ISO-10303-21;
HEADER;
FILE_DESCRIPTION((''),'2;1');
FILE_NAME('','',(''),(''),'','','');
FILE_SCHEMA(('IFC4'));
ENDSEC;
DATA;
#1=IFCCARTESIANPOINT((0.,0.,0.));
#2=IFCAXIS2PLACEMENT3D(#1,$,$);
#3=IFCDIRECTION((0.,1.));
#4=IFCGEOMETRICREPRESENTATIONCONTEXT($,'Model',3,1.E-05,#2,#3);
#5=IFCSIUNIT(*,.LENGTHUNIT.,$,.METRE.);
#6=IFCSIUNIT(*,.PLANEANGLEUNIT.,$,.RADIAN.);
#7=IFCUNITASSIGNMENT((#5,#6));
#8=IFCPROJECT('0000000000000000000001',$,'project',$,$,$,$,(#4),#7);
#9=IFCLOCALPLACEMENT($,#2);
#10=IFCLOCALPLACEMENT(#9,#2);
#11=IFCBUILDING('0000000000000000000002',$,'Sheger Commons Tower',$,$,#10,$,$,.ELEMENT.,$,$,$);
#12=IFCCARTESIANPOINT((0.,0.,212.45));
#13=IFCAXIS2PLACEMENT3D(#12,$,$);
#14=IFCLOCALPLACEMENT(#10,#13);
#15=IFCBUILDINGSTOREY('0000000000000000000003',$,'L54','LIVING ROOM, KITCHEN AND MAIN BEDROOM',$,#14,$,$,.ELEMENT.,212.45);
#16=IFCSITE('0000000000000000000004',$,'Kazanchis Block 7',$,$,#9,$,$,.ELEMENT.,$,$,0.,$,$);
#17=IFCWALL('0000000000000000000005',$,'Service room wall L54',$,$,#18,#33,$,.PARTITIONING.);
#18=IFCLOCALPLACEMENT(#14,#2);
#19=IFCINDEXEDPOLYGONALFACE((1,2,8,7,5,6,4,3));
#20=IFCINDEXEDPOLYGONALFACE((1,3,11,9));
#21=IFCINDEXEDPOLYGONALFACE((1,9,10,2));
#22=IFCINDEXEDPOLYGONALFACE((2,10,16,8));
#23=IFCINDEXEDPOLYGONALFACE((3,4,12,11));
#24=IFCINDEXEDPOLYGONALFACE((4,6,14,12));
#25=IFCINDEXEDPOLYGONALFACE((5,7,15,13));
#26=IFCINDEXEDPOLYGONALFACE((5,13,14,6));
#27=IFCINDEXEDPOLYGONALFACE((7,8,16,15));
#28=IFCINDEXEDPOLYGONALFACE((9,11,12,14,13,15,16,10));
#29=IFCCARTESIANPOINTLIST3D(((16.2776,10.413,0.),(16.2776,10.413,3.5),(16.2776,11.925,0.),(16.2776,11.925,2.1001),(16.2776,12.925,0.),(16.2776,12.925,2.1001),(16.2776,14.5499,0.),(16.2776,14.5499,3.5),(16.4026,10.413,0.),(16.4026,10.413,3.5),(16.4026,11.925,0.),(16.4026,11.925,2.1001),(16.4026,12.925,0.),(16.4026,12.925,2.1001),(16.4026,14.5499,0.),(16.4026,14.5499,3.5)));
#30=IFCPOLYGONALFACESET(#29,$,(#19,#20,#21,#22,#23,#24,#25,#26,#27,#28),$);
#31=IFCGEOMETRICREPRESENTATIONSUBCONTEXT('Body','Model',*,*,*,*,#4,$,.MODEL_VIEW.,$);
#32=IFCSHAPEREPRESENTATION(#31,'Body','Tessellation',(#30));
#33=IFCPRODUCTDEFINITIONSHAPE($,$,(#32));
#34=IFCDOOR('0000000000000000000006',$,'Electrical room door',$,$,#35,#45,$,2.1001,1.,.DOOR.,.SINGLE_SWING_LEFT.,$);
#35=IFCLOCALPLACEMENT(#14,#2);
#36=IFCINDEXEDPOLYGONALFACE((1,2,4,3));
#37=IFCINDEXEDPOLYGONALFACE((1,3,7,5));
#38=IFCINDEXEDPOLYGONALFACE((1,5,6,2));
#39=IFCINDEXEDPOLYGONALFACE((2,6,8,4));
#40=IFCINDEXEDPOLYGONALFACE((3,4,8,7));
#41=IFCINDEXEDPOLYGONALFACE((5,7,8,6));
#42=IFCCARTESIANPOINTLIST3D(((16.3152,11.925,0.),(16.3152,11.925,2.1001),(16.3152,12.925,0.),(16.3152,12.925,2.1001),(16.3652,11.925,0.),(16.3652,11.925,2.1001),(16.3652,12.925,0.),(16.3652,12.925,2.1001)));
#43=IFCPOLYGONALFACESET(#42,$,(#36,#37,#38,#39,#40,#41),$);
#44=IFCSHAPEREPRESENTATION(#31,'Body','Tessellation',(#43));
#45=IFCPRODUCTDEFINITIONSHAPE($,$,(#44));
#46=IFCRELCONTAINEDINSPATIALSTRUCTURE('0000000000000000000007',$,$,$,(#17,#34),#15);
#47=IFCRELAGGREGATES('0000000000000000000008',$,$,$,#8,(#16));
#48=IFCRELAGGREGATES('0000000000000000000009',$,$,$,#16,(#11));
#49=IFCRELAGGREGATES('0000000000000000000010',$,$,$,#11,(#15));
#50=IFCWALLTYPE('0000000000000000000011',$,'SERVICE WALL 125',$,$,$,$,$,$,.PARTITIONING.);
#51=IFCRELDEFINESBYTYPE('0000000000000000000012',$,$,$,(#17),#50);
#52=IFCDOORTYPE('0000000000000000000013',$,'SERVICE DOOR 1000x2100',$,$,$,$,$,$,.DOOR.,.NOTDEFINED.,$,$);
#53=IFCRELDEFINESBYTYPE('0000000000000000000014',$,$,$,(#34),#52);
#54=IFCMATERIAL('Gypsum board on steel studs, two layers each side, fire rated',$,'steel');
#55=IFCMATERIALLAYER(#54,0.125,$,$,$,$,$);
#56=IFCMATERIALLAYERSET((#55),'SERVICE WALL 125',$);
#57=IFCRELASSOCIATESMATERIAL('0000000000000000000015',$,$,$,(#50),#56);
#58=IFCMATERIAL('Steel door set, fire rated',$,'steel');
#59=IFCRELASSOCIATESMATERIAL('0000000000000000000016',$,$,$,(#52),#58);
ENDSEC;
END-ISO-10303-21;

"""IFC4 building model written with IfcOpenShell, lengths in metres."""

from ifc_helpers import new_model, si_unit, direction, frame, frame_2d, origin, place, context, subcontext, project, spatial, rectangle, extrude, material, layer, layer_set, type_object, element, fill, save


model = new_model("IFC4")

# Units and contexts
model_context = context("Model", 3, precision=1e-05, world=origin(), true_north=direction((0.0, 1.0)))
body_context = subcontext(model_context, "Body", "Model", "MODEL_VIEW")
ifc_project = project(units=[si_unit("LENGTHUNIT", "METRE"), si_unit("PLANEANGLEUNIT", "RADIAN")], contexts=[model_context])

# Site, building, storey
site_placement = place(None, origin())
site = spatial("IfcSite", under=ifc_project, at=site_placement, Name="Kazanchis Block 7", CompositionType="ELEMENT", RefElevation=0.0)
building_placement = place(site_placement, origin())
building = spatial("IfcBuilding", under=site, at=building_placement, Name="Sheger Commons Tower", CompositionType="ELEMENT")
storey_placement = place(building_placement, frame((0.0, 0.0, 212.45)))
storey = spatial("IfcBuildingStorey", under=building, at=storey_placement, Name="L54", Description="LIVING ROOM, KITCHEN AND MAIN BEDROOM", CompositionType="ELEMENT", Elevation=212.45)

# Shared definitions
ifc_material_1 = material(Name="Gypsum board on steel studs, two layers each side, fire rated", Category="steel")
ifc_layer_1 = layer(ifc_material_1, 0.125)
ifc_layer_set_1 = layer_set([ifc_layer_1], Name="SERVICE WALL 125")
wall_type_1 = type_object("IfcWallType", Name="SERVICE WALL 125", PredefinedType="PARTITIONING", material=ifc_layer_set_1)
ifc_material_2 = material(Name="Steel door set, fire rated", Category="steel")
door_type_1 = type_object("IfcDoorType", Name="SERVICE DOOR 1000x2100", OperationType="NOTDEFINED", PredefinedType="DOOR", material=ifc_material_2)

# Wall, opening, door
wall_1_placement = place(storey_placement, frame((16.3401, 10.4131, 0.0), z_axis=(0.0, 0.0, 1.0), x_axis=(0.0, 1.0, 0.0)))
wall_1 = element("IfcWall", 1, at=wall_1_placement, inside=storey, type_object=wall_type_1, Name="Service room wall L54", PredefinedType="PARTITIONING", context=body_context, shape_type="SweptSolid", body=[
    extrude(rectangle(XDim=4.137, YDim=0.125, at=frame_2d((2.0684, 0.0))), origin(), (0.0, 0.0, 1.0), 3.5),
])
opening_1_placement = place(wall_1_placement, frame((1.512, 0.0, 0.0)))
opening_1 = element("IfcOpeningElement", 2, at=opening_1_placement, cuts=wall_1, PredefinedType="OPENING", context=body_context, shape_type="SweptSolid", body=[
    extrude(rectangle(XDim=1.0, YDim=2.1001, at=frame_2d((0.5, 1.05))), frame((0.0, 0.0725, 0.0), z_axis=(0.0, -1.0, 0.0), x_axis=(1.0, 0.0, 0.0)), (0.0, 0.0, 1.0), 0.145),
])
door_1_placement = place(opening_1_placement, origin())
door_1 = element("IfcDoor", 3, at=door_1_placement, inside=storey, type_object=door_type_1, Name="Electrical room door", OperationType="SINGLE_SWING_LEFT", OverallHeight=2.1001, OverallWidth=1.0, PredefinedType="DOOR", context=body_context, shape_type="SweptSolid", body=[
    extrude(rectangle(XDim=1.0, YDim=2.1001, at=frame_2d((0.5, 1.05))), frame((0.0, 0.0249, 0.0), z_axis=(0.0, -1.0, 0.0), x_axis=(1.0, 0.0, 0.0)), (0.0, 0.0, 1.0), 0.05),
])
fill(opening_1, door_1)

save(model, "model.ifc")
